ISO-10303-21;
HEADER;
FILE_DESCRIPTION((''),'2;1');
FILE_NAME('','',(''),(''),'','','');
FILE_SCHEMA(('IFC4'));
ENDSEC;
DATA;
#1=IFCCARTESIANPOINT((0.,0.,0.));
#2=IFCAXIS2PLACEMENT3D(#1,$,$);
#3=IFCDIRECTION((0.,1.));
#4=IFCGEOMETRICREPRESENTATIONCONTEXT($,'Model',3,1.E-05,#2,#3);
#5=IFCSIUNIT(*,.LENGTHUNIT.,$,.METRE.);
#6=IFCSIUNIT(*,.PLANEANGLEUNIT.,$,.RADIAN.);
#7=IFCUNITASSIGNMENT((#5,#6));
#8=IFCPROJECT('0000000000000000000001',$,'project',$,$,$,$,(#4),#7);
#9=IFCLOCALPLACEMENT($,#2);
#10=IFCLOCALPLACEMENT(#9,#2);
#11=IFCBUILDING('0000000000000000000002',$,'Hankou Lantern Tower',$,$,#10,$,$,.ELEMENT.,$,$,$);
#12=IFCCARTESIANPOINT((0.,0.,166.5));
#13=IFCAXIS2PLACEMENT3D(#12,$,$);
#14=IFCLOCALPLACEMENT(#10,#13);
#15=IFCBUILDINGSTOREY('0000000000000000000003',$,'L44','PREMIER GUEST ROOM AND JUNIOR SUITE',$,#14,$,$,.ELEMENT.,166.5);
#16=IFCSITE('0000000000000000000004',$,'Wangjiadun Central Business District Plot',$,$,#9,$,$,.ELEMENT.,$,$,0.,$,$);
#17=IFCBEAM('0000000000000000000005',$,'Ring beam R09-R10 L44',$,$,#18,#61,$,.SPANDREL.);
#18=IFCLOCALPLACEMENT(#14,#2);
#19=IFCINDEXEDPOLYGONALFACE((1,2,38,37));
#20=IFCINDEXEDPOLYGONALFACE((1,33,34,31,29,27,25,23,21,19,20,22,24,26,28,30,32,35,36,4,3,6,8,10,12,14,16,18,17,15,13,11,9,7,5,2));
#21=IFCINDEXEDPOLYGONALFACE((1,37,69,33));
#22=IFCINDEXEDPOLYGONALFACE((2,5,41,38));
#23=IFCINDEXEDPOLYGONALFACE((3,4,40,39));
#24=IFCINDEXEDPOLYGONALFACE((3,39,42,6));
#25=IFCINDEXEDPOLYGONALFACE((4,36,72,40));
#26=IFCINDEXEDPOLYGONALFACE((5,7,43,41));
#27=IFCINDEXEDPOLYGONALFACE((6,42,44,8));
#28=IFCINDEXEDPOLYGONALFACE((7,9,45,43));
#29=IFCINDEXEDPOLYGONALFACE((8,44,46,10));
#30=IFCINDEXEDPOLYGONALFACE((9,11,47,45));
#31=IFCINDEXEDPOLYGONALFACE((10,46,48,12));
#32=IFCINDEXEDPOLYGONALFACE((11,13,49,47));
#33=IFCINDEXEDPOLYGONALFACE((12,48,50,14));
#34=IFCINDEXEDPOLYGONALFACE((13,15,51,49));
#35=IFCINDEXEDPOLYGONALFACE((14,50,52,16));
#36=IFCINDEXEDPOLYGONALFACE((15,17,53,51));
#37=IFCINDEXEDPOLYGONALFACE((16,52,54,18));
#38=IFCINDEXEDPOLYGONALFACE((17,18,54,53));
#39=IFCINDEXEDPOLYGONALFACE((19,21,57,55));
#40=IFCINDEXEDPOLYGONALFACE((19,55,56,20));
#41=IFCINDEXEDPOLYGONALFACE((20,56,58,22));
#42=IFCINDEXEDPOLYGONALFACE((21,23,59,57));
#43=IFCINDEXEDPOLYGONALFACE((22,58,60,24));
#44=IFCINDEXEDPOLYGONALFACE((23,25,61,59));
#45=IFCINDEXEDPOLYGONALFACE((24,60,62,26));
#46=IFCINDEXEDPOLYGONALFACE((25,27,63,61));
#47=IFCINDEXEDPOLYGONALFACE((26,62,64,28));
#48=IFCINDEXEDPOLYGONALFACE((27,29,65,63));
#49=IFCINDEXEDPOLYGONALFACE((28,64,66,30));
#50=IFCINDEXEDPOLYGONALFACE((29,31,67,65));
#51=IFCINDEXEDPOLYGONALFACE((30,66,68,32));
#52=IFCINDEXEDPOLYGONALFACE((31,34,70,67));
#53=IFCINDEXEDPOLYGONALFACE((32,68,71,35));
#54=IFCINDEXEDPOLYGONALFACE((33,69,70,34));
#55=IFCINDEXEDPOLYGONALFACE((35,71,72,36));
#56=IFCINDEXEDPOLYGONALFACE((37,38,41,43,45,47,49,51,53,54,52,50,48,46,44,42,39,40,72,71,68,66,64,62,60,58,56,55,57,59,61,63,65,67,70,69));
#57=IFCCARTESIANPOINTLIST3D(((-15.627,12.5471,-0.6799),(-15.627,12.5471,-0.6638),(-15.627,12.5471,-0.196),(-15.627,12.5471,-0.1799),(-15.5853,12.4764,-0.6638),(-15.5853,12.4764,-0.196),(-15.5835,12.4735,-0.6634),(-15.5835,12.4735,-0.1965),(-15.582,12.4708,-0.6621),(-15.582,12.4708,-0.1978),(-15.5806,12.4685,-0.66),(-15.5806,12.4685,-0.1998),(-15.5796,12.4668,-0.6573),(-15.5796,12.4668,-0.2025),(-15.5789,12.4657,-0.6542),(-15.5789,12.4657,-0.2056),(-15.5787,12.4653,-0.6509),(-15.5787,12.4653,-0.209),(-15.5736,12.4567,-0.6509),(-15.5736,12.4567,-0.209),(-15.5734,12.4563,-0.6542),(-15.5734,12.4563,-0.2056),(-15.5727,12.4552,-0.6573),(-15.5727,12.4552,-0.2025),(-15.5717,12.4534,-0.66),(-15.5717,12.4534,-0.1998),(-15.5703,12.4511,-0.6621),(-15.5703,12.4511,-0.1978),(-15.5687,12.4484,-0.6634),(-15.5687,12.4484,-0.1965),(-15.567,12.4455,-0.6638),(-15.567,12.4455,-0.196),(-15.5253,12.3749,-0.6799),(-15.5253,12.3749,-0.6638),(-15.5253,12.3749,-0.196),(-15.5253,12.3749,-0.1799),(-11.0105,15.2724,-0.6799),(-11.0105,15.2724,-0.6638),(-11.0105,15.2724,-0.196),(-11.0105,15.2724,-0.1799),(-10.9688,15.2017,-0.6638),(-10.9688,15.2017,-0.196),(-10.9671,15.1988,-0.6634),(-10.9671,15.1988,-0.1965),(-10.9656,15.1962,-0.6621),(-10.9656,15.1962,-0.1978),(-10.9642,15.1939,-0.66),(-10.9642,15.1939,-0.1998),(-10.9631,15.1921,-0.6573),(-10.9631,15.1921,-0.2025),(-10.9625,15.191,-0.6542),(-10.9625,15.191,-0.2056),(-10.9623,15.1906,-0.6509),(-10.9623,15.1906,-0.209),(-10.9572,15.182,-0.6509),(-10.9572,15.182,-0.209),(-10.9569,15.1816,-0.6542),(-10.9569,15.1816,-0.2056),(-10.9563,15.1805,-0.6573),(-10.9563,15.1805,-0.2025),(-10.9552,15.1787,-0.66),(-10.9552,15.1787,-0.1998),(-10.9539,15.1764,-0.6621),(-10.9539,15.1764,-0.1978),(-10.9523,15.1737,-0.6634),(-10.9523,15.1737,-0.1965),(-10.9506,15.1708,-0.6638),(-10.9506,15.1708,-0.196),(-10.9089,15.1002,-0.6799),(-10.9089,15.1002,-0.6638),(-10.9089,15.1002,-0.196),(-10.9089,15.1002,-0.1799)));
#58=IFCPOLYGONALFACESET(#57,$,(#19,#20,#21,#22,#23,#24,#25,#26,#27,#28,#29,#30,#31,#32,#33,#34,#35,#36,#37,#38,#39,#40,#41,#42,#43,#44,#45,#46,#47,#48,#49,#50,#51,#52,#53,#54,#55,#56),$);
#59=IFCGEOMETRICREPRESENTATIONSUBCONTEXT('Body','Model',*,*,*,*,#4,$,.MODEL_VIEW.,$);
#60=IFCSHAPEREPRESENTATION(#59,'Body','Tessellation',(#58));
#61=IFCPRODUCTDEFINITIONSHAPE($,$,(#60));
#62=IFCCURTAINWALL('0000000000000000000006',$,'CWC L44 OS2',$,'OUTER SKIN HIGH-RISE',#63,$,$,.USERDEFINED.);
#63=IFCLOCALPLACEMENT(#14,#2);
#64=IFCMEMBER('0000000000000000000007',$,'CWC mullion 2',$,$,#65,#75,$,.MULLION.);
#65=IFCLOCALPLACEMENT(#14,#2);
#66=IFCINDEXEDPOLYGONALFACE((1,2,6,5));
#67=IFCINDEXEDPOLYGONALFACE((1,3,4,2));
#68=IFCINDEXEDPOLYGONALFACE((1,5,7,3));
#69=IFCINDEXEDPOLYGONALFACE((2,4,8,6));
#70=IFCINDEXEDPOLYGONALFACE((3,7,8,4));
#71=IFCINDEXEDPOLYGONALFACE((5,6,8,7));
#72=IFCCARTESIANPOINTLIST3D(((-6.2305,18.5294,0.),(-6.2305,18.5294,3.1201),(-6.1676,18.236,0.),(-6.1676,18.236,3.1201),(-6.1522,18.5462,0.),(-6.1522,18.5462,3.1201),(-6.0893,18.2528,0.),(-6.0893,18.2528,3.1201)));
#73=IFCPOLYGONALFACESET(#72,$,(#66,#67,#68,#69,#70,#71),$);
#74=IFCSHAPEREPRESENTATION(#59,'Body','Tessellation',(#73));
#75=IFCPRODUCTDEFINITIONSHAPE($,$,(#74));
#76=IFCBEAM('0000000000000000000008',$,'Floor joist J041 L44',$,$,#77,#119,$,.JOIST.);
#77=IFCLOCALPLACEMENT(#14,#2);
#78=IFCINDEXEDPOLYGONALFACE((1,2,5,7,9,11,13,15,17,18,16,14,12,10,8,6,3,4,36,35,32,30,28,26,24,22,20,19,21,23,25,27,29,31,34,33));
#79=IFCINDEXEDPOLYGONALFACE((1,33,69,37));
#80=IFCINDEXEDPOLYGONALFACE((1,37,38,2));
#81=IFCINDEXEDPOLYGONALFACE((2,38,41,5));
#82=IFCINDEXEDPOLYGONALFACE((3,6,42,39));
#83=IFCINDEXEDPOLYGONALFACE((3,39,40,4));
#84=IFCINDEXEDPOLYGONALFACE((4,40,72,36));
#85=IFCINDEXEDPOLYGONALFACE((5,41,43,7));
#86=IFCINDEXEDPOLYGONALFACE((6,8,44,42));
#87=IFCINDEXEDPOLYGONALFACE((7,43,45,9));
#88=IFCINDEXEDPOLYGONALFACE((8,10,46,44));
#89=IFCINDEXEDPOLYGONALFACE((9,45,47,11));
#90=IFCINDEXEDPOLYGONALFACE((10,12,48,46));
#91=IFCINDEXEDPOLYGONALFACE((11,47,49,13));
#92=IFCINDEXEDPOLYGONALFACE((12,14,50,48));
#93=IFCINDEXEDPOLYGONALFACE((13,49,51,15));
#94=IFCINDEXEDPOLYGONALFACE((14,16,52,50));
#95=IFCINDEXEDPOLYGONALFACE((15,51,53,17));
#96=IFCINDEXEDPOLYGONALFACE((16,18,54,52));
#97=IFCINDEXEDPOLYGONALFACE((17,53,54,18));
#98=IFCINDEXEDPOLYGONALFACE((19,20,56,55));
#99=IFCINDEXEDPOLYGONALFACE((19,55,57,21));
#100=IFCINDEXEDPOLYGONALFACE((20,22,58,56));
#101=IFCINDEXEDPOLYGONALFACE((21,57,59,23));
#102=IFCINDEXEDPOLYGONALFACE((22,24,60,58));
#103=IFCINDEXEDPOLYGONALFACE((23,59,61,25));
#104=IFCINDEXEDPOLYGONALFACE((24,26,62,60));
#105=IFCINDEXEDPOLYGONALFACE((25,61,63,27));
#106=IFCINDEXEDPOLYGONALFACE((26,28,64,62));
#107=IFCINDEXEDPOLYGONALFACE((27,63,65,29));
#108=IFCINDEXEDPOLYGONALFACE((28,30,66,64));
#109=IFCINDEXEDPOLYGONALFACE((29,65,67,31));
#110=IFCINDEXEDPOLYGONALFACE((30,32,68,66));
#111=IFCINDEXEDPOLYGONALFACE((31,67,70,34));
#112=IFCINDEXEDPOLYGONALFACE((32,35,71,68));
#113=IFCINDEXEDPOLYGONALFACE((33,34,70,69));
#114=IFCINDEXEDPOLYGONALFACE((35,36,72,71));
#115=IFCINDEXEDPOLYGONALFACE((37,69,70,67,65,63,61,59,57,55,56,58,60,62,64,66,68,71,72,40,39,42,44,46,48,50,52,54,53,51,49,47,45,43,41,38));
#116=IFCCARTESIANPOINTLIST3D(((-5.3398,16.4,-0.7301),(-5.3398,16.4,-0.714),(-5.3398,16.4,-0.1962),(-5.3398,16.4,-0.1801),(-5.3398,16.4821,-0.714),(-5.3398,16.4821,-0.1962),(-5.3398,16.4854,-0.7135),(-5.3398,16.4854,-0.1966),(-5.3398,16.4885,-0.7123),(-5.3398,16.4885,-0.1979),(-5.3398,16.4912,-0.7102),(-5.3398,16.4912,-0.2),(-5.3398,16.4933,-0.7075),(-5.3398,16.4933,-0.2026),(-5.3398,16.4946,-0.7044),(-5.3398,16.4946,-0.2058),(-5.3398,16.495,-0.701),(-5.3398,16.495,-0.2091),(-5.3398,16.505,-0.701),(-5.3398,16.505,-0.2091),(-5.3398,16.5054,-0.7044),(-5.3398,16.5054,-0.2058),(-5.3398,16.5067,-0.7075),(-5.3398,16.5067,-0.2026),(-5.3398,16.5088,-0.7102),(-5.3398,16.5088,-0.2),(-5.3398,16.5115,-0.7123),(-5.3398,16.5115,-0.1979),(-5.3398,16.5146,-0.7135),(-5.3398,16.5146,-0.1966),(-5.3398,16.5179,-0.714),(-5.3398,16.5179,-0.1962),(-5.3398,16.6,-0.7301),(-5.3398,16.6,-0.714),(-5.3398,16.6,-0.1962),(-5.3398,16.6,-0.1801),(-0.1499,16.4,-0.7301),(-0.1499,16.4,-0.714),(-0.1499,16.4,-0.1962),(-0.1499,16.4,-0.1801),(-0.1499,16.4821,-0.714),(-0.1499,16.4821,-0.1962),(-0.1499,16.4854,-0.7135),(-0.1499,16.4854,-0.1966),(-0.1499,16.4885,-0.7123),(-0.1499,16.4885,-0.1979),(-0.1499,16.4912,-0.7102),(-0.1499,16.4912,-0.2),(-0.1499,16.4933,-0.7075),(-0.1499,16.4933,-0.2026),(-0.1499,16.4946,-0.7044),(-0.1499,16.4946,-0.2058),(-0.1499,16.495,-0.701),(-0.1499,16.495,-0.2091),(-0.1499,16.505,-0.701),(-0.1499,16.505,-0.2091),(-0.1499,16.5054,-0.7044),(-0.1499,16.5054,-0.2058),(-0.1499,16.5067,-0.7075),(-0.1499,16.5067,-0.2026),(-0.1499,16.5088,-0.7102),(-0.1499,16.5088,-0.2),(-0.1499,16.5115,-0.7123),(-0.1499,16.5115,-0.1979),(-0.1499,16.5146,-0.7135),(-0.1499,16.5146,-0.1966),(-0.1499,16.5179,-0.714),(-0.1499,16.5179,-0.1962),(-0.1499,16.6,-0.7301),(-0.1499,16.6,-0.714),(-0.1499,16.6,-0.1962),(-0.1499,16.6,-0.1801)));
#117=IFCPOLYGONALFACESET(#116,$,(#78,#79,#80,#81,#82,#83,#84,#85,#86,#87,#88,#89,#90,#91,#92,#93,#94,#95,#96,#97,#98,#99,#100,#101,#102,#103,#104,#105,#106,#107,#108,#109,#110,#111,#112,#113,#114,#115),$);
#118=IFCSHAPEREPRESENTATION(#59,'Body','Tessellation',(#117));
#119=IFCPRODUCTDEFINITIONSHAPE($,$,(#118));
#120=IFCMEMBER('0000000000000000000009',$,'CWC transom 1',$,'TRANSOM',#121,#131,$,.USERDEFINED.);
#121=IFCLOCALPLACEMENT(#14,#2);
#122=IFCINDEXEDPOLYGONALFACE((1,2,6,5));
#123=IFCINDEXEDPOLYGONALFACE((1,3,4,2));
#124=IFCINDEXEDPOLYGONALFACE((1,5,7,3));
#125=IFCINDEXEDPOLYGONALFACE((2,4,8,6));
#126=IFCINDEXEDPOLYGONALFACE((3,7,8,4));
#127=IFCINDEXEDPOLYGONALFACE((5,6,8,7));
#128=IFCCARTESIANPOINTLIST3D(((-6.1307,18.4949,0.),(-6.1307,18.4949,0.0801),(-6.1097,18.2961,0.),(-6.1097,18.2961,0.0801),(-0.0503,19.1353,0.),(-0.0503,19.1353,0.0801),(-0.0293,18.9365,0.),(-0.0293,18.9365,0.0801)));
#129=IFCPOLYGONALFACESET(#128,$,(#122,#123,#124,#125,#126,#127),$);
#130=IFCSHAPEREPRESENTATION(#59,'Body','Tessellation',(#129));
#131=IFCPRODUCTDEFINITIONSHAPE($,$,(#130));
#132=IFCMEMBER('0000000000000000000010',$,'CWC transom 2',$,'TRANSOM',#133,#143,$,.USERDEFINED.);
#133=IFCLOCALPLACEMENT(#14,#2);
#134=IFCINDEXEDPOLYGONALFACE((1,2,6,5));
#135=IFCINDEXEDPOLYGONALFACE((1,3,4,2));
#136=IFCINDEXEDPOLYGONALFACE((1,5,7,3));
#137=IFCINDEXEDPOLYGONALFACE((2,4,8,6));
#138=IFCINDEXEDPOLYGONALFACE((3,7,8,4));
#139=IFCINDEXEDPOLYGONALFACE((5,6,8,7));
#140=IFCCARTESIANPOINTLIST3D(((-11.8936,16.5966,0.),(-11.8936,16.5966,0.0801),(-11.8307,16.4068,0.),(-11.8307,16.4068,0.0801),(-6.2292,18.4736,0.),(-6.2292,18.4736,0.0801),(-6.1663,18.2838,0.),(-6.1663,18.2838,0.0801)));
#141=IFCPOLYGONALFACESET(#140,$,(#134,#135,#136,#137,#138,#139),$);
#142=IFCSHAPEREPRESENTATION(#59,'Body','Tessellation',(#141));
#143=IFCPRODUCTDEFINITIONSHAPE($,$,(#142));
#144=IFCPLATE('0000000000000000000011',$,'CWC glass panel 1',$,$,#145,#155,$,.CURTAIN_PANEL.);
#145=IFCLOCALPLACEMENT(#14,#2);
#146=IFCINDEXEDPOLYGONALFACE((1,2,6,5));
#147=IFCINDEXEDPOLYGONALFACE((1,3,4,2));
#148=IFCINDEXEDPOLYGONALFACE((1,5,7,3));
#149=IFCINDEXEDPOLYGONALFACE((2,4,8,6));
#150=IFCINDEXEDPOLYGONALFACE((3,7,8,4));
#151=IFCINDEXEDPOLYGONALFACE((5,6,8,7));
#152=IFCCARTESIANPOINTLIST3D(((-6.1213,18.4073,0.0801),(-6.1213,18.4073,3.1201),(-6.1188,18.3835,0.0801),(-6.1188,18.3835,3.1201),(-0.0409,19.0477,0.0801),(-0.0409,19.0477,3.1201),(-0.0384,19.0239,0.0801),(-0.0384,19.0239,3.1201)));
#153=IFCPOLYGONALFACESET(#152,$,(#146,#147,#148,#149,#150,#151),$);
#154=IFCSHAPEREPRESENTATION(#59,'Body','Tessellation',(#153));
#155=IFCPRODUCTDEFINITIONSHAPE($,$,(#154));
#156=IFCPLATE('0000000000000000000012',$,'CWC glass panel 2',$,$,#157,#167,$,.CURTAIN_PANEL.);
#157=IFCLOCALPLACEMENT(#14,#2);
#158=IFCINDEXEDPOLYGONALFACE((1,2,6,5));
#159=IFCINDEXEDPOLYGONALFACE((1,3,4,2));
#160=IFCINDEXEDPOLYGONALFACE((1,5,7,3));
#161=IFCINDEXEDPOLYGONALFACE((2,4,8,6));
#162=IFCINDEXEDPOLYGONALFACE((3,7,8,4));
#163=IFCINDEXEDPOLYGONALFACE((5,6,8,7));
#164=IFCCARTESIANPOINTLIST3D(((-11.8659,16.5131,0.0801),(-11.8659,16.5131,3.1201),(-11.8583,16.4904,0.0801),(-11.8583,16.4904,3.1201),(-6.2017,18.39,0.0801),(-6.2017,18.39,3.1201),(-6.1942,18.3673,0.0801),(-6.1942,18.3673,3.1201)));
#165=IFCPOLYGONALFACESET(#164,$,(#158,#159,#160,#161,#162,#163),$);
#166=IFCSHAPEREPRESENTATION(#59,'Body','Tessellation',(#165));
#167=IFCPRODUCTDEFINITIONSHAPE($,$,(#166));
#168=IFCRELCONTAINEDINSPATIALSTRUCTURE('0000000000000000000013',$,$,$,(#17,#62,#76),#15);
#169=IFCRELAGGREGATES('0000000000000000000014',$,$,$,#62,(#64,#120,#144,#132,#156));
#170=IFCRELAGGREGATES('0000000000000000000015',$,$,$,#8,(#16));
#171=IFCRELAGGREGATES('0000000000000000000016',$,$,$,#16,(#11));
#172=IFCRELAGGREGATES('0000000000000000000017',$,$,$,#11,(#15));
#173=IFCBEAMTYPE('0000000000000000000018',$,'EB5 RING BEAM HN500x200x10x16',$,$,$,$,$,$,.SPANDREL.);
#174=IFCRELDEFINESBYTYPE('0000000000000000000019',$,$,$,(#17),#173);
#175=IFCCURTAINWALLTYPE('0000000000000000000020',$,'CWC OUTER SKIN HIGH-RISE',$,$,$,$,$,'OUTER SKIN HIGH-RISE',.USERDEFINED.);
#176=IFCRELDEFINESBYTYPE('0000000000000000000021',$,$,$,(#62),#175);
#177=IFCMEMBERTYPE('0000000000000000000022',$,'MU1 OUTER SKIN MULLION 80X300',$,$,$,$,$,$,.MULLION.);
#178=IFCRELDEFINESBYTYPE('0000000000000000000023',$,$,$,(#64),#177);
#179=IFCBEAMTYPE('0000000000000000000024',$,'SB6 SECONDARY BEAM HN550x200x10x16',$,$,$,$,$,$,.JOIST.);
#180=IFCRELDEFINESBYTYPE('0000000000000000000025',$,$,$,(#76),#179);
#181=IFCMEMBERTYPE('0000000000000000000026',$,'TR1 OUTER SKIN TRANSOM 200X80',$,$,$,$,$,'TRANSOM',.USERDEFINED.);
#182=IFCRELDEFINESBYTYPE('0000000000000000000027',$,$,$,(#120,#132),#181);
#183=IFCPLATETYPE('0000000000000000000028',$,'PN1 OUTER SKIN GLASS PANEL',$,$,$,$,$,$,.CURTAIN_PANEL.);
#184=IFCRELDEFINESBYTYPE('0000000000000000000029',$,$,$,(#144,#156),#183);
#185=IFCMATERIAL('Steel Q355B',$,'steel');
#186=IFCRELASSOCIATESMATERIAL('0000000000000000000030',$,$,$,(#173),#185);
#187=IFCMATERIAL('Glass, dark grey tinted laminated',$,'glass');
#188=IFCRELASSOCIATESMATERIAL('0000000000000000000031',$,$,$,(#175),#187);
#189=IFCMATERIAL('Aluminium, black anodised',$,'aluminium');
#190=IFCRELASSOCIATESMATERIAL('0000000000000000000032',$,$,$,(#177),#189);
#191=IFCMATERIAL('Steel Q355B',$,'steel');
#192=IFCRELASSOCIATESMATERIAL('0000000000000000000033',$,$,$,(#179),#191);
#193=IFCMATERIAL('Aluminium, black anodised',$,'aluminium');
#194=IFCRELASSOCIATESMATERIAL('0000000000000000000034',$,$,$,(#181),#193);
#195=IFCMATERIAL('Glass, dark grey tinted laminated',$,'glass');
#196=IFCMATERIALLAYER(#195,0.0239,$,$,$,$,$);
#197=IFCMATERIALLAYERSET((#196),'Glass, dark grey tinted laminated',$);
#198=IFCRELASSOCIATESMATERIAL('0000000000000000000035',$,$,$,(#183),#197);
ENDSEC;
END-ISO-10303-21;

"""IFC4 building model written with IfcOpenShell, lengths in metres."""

from ifc_helpers import new_model, si_unit, direction, frame, origin, origin_2d, place, context, subcontext, project, spatial, rectangle, i_section, extrude, material, layer, layer_set, material_profile, profile_set, type_object, element, aggregate, save


model = new_model("IFC4")

# Units and contexts
model_context = context("Model", 3, precision=1e-05, world=origin(), true_north=direction((0.0, 1.0)))
body_context = subcontext(model_context, "Body", "Model", "MODEL_VIEW")
ifc_project = project(units=[si_unit("LENGTHUNIT", "METRE"), si_unit("PLANEANGLEUNIT", "RADIAN")], contexts=[model_context])

# Site, building, storey
site_placement = place(None, origin())
site = spatial("IfcSite", under=ifc_project, at=site_placement, Name="Wangjiadun Central Business District Plot", CompositionType="ELEMENT", RefElevation=0.0)
building_placement = place(site_placement, origin())
building = spatial("IfcBuilding", under=site, at=building_placement, Name="Hankou Lantern Tower", CompositionType="ELEMENT")
storey_placement = place(building_placement, frame((0.0, 0.0, 166.5)))
storey = spatial("IfcBuildingStorey", under=building, at=storey_placement, Name="L44", Description="PREMIER GUEST ROOM AND JUNIOR SUITE", CompositionType="ELEMENT", Elevation=166.5)

# Beam
ifc_material_1 = material(Name="Steel Q355B", Category="steel")
ifc_material_profile_1 = material_profile(ifc_material_1, i_section(OverallWidth=0.2, OverallDepth=0.5, WebThickness=0.01, FlangeThickness=0.0161, FilletRadius=0.0129, at=origin_2d()), Name="HN500x200x10x16")
ifc_profile_set_1 = profile_set([ifc_material_profile_1], Name="Steel Q355B")
beam_type_1 = type_object("IfcBeamType", Name="EB5 RING BEAM HN500x200x10x16", PredefinedType="SPANDREL", material=ifc_profile_set_1)
beam_1_placement = place(storey_placement, frame((-10.9597, 15.1863, -0.4299), z_axis=(-0.861136, -0.508375, 0.0), x_axis=(0.508375, -0.861136, 0.0)))
element("IfcBeam", 1, at=beam_1_placement, inside=storey, type_object=beam_type_1, Name="Ring beam R09-R10 L44", PredefinedType="SPANDREL", context=body_context, shape_type="SweptSolid", body=[
    extrude(i_section(OverallWidth=0.2, OverallDepth=0.5, WebThickness=0.01, FlangeThickness=0.0161, FilletRadius=0.0129, at=origin_2d()), origin(), (0.0, 0.0, 1.0), 5.3608),
])

# Curtain wall, member
ifc_material_2 = material(Name="Glass, dark grey tinted laminated", Category="glass")
curtain_wall_type = type_object("IfcCurtainWallType", Name="CWC OUTER SKIN HIGH-RISE", ElementType="OUTER SKIN HIGH-RISE", PredefinedType="USERDEFINED", material=ifc_material_2)
curtain_wall_placement = place(storey_placement, origin())
curtain_wall = element("IfcCurtainWall", 2, at=curtain_wall_placement, inside=storey, type_object=curtain_wall_type, Name="CWC L44 OS2", ObjectType="OUTER SKIN HIGH-RISE", PredefinedType="USERDEFINED")
ifc_material_3 = material(Name="Aluminium, black anodised", Category="aluminium")
ifc_material_profile_2 = material_profile(ifc_material_3, rectangle(XDim=0.0801, YDim=0.3, at=origin_2d()), Name="MU1 80X300")
ifc_profile_set_2 = profile_set([ifc_material_profile_2], Name="Aluminium, black anodised")
member_type_1 = type_object("IfcMemberType", Name="MU1 OUTER SKIN MULLION 80X300", PredefinedType="MULLION", material=ifc_profile_set_2)
member_1_placement = place(storey_placement, frame((-6.1599, 18.3911, 0.0), z_axis=(0.0, 0.0, 1.0), x_axis=(-0.977788, -0.209598, 0.0)))
member_1 = element("IfcMember", 3, at=member_1_placement, type_object=member_type_1, Name="CWC mullion 2", PredefinedType="MULLION", context=body_context, shape_type="SweptSolid", body=[
    extrude(rectangle(XDim=0.0801, YDim=0.3, at=origin_2d()), origin(), (0.0, 0.0, 1.0), 3.1201),
])

# Beam
ifc_material_4 = material(Name="Steel Q355B", Category="steel")
ifc_material_profile_3 = material_profile(ifc_material_4, i_section(OverallWidth=0.2, OverallDepth=0.55, WebThickness=0.01, FlangeThickness=0.0161, FilletRadius=0.0129, at=origin_2d()), Name="HN550x200x10x16")
ifc_profile_set_3 = profile_set([ifc_material_profile_3], Name="Steel Q355B")
beam_type_2 = type_object("IfcBeamType", Name="SB6 SECONDARY BEAM HN550x200x10x16", PredefinedType="JOIST", material=ifc_profile_set_3)
beam_2_placement = place(storey_placement, frame((-5.3398, 16.5, -0.4551), z_axis=(1.0, 0.0, 0.0), x_axis=(0.0, 1.0, 0.0)))
element("IfcBeam", 4, at=beam_2_placement, inside=storey, type_object=beam_type_2, Name="Floor joist J041 L44", PredefinedType="JOIST", context=body_context, shape_type="SweptSolid", body=[
    extrude(i_section(OverallWidth=0.2, OverallDepth=0.55, WebThickness=0.01, FlangeThickness=0.0161, FilletRadius=0.0129, at=origin_2d()), origin(), (0.0, 0.0, 1.0), 5.1899),
])

# Members
ifc_material_5 = material(Name="Aluminium, black anodised", Category="aluminium")
ifc_material_profile_4 = material_profile(ifc_material_5, rectangle(XDim=0.2, YDim=0.0801, at=origin_2d()), Name="TR1 200X80")
ifc_profile_set_4 = profile_set([ifc_material_profile_4], Name="Aluminium, black anodised")
member_type_2 = type_object("IfcMemberType", Name="TR1 OUTER SKIN TRANSOM 200X80", ElementType="TRANSOM", PredefinedType="USERDEFINED", material=ifc_profile_set_4)
member_2_placement = place(storey_placement, frame((-0.0398, 19.0359, 0.04), z_axis=(-0.9945, -0.104741, 0.0), x_axis=(0.104741, -0.9945, 0.0)))
member_2 = element("IfcMember", 5, at=member_2_placement, type_object=member_type_2, Name="CWC transom 1", ObjectType="TRANSOM", PredefinedType="USERDEFINED", context=body_context, shape_type="SweptSolid", body=[
    extrude(rectangle(XDim=0.2, YDim=0.0801, at=origin_2d()), origin(), (0.0, 0.0, 1.0), 6.114),
])
member_3_placement = place(storey_placement, frame((-6.1978, 18.3787, 0.04), z_axis=(-0.949242, -0.314546, 0.0), x_axis=(0.314546, -0.949242, 0.0)))
member_3 = element("IfcMember", 6, at=member_3_placement, type_object=member_type_2, Name="CWC transom 2", ObjectType="TRANSOM", PredefinedType="USERDEFINED", context=body_context, shape_type="SweptSolid", body=[
    extrude(rectangle(XDim=0.2, YDim=0.0801, at=origin_2d()), origin(), (0.0, 0.0, 1.0), 5.9673),
])

# Plates
ifc_material_6 = material(Name="Glass, dark grey tinted laminated", Category="glass")
ifc_layer_1 = layer(ifc_material_6, 0.0239)
ifc_layer_set_1 = layer_set([ifc_layer_1], Name="Glass, dark grey tinted laminated")
plate_type = type_object("IfcPlateType", Name="PN1 OUTER SKIN GLASS PANEL", PredefinedType="CURTAIN_PANEL", material=ifc_layer_set_1)
plate_1_placement = place(storey_placement, frame((-3.0798, 18.7156, 0.0801), z_axis=(0.0, 0.0, 1.0), x_axis=(-0.994499, -0.104743, 0.0)))
plate_1 = element("IfcPlate", 7, at=plate_1_placement, type_object=plate_type, Name="CWC glass panel 1", PredefinedType="CURTAIN_PANEL", context=body_context, shape_type="SweptSolid", body=[
    extrude(rectangle(XDim=6.114, YDim=0.0239, at=origin_2d()), origin(), (0.0, 0.0, 1.0), 3.04),
])
plate_2_placement = place(storey_placement, frame((-9.03, 17.4402, 0.0801), z_axis=(0.0, 0.0, 1.0), x_axis=(-0.949241, -0.314551, 0.0)))
plate_2 = element("IfcPlate", 8, at=plate_2_placement, type_object=plate_type, Name="CWC glass panel 2", PredefinedType="CURTAIN_PANEL", context=body_context, shape_type="SweptSolid", body=[
    extrude(rectangle(XDim=5.967, YDim=0.0239, at=origin_2d()), origin(), (0.0, 0.0, 1.0), 3.04),
])
aggregate(curtain_wall, [member_1, member_2, plate_1, member_3, plate_2])

save(model, "model.ifc")
